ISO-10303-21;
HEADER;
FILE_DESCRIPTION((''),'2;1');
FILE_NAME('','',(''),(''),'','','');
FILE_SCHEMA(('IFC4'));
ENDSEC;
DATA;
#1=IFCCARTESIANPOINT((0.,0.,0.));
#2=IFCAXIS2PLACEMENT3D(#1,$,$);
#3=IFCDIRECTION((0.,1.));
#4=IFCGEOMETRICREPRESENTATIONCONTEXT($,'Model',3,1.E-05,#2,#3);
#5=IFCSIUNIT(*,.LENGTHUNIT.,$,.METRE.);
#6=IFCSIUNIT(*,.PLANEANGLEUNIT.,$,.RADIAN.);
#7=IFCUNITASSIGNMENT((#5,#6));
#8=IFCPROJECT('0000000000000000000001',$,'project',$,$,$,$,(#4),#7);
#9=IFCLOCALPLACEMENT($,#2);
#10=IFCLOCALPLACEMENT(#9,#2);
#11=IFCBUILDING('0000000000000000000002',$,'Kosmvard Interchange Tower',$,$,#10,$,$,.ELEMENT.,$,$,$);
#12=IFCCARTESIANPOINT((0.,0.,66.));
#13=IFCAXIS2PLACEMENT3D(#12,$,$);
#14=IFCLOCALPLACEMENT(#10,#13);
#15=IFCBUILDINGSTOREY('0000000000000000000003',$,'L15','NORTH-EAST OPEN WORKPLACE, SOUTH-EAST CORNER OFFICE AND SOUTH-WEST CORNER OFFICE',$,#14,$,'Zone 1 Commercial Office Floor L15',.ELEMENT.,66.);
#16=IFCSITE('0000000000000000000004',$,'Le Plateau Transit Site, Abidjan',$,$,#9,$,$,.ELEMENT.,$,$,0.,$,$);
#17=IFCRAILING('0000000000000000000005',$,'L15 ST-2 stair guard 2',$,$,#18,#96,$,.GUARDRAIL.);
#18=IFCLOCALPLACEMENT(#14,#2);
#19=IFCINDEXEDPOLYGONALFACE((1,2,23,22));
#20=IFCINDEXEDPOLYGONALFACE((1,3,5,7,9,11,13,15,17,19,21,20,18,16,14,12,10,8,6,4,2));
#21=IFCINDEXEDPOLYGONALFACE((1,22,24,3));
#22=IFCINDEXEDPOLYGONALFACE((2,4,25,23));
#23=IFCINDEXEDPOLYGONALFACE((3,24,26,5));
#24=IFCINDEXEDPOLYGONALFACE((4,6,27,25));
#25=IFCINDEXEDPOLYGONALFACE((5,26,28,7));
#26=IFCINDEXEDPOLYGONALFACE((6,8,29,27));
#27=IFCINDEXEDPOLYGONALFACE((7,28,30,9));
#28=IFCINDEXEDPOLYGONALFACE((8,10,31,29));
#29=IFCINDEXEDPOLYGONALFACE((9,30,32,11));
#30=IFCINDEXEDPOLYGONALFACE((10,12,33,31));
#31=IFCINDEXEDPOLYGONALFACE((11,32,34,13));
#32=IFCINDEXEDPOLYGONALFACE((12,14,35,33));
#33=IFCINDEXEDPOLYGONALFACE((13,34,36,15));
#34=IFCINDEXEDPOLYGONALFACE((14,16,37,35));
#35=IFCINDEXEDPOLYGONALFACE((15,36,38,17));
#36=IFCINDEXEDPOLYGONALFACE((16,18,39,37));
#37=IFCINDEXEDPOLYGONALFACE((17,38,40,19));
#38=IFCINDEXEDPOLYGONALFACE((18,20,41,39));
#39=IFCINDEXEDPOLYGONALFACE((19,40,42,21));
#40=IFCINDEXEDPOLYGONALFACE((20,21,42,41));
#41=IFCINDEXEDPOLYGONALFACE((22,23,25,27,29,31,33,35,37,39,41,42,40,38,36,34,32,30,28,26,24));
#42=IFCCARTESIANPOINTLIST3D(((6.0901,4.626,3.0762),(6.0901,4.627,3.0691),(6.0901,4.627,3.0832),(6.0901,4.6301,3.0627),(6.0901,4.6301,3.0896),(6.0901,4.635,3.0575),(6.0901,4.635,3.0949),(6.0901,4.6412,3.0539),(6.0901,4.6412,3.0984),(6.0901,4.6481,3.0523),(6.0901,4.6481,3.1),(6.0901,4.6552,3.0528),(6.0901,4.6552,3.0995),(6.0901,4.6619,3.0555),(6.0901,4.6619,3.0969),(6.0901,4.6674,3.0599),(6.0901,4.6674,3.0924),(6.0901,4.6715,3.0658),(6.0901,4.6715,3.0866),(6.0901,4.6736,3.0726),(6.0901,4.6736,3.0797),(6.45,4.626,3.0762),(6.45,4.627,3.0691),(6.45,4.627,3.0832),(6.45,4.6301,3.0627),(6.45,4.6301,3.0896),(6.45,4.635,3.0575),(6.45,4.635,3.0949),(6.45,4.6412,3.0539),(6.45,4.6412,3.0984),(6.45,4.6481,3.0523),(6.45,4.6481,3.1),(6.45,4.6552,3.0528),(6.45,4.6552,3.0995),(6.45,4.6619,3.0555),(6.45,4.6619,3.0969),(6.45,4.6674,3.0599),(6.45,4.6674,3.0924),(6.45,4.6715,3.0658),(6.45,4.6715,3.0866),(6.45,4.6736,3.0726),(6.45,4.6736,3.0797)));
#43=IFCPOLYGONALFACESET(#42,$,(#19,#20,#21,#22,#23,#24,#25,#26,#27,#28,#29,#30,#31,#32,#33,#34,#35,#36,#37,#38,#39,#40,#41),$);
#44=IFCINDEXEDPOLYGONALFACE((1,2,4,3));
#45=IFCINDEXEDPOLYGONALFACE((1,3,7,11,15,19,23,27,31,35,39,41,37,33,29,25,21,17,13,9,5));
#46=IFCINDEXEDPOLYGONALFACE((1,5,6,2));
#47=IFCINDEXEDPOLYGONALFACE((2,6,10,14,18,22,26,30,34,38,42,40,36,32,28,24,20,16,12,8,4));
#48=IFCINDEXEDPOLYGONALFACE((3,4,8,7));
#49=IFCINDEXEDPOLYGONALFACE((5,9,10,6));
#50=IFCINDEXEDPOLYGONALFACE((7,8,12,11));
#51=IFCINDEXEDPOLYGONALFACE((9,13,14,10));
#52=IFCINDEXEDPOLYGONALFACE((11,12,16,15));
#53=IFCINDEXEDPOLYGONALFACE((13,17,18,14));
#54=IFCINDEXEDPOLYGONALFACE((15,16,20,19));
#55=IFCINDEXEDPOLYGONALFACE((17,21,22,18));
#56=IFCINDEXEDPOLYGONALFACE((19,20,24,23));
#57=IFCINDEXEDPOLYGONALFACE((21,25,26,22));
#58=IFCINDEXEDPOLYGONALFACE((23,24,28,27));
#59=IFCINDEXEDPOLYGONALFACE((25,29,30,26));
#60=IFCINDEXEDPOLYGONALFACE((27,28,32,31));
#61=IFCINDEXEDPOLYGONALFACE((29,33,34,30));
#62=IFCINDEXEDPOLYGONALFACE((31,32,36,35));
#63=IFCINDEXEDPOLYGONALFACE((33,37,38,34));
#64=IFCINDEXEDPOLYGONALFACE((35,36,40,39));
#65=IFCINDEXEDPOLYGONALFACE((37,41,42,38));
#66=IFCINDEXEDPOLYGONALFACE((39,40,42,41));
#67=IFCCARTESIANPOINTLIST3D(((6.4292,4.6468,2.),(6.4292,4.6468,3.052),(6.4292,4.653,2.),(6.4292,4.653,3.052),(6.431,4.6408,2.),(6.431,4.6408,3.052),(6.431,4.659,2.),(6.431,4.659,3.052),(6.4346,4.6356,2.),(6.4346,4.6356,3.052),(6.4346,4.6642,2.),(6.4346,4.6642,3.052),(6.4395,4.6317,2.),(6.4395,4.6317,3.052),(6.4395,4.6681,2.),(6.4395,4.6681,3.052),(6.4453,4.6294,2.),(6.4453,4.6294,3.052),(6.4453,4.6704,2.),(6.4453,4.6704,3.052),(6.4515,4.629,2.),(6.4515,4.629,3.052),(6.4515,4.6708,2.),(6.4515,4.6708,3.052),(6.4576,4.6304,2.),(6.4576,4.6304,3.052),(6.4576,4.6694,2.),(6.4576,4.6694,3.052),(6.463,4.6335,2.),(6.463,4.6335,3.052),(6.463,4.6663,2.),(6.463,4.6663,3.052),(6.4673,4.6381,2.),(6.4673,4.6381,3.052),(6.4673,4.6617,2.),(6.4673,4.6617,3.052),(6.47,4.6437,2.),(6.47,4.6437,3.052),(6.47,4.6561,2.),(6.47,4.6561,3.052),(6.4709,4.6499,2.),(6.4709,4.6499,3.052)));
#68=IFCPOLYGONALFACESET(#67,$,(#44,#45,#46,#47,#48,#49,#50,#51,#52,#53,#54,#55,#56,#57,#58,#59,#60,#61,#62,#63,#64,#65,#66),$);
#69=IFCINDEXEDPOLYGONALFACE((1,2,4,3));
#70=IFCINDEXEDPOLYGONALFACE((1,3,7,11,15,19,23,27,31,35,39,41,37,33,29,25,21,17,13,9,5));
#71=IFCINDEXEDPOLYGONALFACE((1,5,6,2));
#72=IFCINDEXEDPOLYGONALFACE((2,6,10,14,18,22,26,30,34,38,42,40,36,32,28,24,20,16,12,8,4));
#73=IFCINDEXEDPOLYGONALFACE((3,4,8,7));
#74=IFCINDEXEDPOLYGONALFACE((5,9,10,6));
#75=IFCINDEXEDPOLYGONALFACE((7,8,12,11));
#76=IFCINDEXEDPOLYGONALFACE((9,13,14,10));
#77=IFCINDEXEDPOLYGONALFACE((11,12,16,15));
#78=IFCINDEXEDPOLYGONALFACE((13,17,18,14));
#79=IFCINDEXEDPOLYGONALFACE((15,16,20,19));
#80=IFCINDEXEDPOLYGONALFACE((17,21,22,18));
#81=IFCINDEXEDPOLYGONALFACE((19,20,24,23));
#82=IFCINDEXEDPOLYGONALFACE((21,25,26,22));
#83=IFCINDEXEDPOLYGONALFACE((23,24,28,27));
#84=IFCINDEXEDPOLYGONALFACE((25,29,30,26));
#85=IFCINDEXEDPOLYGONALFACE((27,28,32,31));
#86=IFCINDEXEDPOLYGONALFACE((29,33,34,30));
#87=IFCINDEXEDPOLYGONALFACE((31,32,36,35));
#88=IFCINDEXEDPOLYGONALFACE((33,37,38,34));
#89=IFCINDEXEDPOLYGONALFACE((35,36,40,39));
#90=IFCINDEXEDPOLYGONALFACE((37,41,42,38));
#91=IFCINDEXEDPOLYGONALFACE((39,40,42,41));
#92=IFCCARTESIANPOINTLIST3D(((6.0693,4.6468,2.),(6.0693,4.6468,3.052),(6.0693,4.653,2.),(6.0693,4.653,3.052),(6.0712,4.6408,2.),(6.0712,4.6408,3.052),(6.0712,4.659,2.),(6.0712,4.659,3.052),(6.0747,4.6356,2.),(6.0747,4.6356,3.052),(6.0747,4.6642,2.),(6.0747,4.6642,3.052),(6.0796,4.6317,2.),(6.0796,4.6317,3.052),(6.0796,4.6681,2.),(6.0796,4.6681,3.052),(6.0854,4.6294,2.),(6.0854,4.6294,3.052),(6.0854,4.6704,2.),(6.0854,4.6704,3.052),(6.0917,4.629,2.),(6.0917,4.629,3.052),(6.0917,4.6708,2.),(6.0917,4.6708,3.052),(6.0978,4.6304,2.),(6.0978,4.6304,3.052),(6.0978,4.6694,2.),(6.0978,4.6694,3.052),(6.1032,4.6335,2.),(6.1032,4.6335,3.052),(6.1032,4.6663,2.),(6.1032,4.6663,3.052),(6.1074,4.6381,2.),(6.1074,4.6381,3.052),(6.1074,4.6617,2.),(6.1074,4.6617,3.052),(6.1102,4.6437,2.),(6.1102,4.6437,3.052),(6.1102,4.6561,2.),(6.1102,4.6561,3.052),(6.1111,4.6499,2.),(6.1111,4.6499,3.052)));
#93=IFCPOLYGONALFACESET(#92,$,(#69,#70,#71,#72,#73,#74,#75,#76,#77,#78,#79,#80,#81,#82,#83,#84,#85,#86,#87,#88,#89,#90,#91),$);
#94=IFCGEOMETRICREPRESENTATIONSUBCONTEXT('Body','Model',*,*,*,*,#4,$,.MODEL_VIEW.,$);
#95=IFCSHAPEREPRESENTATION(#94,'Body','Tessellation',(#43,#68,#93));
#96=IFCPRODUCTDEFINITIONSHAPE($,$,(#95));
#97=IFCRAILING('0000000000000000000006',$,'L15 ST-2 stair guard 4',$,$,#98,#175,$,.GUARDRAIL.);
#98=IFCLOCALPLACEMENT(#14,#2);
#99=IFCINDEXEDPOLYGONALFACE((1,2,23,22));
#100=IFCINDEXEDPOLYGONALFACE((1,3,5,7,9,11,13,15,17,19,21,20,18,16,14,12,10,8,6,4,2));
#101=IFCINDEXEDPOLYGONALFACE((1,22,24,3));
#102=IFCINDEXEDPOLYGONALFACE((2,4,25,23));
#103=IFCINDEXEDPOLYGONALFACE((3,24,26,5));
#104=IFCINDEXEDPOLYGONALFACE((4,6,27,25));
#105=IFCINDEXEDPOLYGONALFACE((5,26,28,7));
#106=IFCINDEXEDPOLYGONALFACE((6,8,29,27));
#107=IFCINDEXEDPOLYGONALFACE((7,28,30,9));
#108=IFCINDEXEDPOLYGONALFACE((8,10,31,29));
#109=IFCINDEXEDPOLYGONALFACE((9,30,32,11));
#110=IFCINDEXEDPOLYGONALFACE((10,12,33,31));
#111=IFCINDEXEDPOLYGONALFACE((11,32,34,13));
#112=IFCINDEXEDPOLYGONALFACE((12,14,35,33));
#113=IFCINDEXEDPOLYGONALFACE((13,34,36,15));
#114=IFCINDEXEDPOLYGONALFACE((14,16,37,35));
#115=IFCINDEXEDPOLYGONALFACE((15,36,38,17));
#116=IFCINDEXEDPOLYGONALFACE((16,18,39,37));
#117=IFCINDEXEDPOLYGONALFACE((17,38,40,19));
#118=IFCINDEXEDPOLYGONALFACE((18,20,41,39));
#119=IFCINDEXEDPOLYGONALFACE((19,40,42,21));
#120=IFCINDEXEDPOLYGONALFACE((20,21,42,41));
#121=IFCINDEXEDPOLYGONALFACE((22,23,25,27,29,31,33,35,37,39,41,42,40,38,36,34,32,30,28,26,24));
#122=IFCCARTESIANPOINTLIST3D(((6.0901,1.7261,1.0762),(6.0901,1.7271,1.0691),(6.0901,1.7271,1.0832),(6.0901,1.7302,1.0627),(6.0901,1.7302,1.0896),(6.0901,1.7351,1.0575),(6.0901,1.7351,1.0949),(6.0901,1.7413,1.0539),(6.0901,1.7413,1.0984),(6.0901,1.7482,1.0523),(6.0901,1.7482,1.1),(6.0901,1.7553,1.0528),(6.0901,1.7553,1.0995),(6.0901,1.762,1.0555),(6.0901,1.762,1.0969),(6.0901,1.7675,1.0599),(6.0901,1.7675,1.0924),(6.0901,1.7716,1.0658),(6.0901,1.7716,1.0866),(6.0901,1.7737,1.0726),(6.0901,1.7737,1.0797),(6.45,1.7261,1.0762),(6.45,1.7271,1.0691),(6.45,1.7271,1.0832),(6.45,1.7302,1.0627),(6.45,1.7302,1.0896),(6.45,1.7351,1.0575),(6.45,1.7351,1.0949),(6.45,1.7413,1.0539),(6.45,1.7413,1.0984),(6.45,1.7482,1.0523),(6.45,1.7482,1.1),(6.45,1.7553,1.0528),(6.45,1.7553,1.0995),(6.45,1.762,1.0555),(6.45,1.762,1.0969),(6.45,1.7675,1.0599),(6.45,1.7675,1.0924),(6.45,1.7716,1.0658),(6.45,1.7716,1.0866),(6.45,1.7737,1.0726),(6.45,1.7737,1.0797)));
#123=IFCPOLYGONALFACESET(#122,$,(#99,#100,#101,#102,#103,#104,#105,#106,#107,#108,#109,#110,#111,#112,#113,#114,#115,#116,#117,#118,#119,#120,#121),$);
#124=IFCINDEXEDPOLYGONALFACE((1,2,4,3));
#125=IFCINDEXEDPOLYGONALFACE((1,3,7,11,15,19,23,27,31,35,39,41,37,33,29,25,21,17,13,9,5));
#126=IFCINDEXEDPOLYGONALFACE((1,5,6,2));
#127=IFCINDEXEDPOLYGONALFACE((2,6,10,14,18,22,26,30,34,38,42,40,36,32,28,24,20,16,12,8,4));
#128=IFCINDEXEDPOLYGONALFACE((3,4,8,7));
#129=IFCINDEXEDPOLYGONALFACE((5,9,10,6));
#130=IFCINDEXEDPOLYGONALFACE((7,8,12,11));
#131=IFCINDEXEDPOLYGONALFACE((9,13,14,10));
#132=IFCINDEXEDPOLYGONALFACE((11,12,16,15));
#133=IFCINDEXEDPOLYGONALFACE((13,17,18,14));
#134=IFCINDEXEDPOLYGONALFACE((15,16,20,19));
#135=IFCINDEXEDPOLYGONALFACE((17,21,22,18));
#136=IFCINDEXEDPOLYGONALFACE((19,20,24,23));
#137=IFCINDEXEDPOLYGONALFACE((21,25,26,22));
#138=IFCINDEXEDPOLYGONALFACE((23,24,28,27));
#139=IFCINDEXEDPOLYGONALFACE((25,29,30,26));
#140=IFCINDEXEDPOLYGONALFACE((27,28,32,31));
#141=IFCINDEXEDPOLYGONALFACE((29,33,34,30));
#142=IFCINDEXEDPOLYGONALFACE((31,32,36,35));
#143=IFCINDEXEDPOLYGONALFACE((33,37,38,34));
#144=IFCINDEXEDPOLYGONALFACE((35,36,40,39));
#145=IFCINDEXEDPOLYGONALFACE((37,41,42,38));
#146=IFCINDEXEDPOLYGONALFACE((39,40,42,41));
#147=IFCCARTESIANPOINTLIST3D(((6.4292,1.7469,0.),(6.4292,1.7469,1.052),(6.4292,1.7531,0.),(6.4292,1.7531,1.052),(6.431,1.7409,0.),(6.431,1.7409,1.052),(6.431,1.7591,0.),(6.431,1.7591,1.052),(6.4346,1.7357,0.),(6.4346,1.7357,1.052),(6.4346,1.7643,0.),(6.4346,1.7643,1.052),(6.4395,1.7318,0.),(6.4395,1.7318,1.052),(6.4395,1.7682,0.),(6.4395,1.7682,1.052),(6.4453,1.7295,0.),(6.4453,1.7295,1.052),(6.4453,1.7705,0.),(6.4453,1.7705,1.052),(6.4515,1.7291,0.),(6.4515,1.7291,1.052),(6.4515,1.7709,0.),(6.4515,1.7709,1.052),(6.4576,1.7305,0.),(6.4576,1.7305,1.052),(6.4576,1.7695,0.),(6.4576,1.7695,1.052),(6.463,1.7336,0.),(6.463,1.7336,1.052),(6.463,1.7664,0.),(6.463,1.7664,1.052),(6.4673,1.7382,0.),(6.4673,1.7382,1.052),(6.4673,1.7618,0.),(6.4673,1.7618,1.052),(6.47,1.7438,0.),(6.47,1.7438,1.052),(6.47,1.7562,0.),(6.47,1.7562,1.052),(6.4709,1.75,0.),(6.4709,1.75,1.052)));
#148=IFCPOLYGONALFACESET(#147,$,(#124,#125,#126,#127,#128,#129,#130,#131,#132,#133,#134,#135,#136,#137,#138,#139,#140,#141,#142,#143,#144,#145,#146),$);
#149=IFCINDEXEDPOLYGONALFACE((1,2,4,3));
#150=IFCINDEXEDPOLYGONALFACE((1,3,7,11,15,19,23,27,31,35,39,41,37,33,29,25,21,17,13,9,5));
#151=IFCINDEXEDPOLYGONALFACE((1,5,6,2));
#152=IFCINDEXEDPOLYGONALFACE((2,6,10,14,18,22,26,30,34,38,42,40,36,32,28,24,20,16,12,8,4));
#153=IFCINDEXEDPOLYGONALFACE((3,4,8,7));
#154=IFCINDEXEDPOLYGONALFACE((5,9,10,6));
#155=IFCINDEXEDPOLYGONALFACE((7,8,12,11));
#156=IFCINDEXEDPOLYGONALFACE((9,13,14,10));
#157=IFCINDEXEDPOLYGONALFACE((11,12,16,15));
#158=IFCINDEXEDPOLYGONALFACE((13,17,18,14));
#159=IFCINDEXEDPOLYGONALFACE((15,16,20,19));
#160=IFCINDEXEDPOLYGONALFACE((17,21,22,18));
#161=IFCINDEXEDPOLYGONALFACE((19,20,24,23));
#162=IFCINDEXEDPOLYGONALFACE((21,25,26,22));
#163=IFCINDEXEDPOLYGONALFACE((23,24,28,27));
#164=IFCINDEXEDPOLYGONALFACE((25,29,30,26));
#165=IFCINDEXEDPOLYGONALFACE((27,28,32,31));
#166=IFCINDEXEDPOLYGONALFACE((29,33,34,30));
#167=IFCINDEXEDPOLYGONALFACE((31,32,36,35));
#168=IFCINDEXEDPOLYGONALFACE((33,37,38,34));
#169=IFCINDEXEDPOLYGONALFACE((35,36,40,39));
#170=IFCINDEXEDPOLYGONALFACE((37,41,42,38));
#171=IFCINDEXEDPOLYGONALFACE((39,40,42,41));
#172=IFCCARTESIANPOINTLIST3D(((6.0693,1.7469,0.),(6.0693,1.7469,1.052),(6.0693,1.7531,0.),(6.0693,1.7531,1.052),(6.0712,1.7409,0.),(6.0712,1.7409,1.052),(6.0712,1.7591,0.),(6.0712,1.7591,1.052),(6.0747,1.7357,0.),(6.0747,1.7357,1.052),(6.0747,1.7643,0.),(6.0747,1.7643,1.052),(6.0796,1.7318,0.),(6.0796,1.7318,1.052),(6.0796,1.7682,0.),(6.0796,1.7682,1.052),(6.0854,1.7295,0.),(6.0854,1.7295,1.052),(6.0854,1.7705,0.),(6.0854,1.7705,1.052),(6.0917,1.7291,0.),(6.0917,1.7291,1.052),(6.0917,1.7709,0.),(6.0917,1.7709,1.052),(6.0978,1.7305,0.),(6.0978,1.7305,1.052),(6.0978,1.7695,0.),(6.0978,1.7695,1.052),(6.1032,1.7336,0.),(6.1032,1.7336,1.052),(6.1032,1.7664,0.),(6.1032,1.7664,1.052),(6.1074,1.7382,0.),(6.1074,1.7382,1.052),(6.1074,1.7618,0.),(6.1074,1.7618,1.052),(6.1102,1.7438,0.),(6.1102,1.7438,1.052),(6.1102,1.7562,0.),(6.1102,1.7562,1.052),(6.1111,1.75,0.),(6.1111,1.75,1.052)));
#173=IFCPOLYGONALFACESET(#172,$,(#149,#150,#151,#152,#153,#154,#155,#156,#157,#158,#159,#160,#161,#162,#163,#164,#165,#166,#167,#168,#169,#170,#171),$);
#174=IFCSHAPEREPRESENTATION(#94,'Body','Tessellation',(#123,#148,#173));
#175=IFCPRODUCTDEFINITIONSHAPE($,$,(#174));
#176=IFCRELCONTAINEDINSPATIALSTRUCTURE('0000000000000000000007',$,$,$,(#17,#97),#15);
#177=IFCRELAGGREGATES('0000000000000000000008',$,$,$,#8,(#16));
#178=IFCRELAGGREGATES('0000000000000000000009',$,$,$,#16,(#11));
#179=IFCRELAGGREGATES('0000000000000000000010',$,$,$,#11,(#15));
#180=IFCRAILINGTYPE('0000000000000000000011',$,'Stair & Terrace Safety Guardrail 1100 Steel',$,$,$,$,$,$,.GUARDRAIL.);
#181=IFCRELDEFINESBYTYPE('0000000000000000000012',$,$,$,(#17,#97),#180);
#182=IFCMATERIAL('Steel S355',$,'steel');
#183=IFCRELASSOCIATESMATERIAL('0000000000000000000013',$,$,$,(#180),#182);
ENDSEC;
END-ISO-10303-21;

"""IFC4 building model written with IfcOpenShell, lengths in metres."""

from ifc_helpers import new_model, si_unit, direction, frame, origin, origin_2d, place, context, subcontext, project, spatial, circle, extrude, source, transform, mapped, material, type_object, element, save


model = new_model("IFC4")

# Units and contexts
model_context = context("Model", 3, precision=1e-05, world=origin(), true_north=direction((0.0, 1.0)))
body_context = subcontext(model_context, "Body", "Model", "MODEL_VIEW")
ifc_project = project(units=[si_unit("LENGTHUNIT", "METRE"), si_unit("PLANEANGLEUNIT", "RADIAN")], contexts=[model_context])

# Site, building, storey
site_placement = place(None, origin())
site = spatial("IfcSite", under=ifc_project, at=site_placement, Name="Le Plateau Transit Site, Abidjan", CompositionType="ELEMENT", RefElevation=0.0)
building_placement = place(site_placement, origin())
building = spatial("IfcBuilding", under=site, at=building_placement, Name="Kosmvard Interchange Tower", CompositionType="ELEMENT")
storey_placement = place(building_placement, frame((0.0, 0.0, 66.0)))
storey = spatial("IfcBuildingStorey", under=building, at=storey_placement, Name="L15", Description="NORTH-EAST OPEN WORKPLACE, SOUTH-EAST CORNER OFFICE AND SOUTH-WEST CORNER OFFICE", LongName="Zone 1 Commercial Office Floor L15", CompositionType="ELEMENT", Elevation=66.0)

# Shared definitions
ifc_material_1 = material(Name="Steel S355", Category="steel")

# Railings
railing_type_1 = type_object("IfcRailingType", Name="Stair & Terrace Safety Guardrail 1100 Steel", PredefinedType="GUARDRAIL", material=ifc_material_1)
shared_shape_1 = source(origin(), body_context, "Body", "SweptSolid", [
    extrude(circle(Radius=0.0239, at=origin_2d()), frame((0.0, 0.0, 1.0762), z_axis=(-1.0, 0.0, 0.0), x_axis=(0.0, -1.0, 0.0)), (0.0, 0.0, 1.0), 0.3599),
    extrude(circle(Radius=0.021, at=origin_2d()), origin(), (0.0, 0.0, 1.0), 1.052),
    extrude(circle(Radius=0.021, at=origin_2d()), frame((-0.3599, 0.0, 0.0)), (0.0, 0.0, 1.0), 1.052),
])
for number, where, name in (
    (1, (6.45, 4.6499, 2.0), "L15 ST-2 stair guard 2"),
    (2, (6.45, 1.75, 0.0), "L15 ST-2 stair guard 4"),
):
    element("IfcRailing", number, at=place(storey_placement, frame(where)), inside=storey, type_object=railing_type_1, Name=name, PredefinedType="GUARDRAIL", context=body_context, shape_type="MappedRepresentation", body=[
        mapped(shared_shape_1, transform((0.0, 0.0, 0.0), scale=1.0)),
    ])

save(model, "model.ifc")
